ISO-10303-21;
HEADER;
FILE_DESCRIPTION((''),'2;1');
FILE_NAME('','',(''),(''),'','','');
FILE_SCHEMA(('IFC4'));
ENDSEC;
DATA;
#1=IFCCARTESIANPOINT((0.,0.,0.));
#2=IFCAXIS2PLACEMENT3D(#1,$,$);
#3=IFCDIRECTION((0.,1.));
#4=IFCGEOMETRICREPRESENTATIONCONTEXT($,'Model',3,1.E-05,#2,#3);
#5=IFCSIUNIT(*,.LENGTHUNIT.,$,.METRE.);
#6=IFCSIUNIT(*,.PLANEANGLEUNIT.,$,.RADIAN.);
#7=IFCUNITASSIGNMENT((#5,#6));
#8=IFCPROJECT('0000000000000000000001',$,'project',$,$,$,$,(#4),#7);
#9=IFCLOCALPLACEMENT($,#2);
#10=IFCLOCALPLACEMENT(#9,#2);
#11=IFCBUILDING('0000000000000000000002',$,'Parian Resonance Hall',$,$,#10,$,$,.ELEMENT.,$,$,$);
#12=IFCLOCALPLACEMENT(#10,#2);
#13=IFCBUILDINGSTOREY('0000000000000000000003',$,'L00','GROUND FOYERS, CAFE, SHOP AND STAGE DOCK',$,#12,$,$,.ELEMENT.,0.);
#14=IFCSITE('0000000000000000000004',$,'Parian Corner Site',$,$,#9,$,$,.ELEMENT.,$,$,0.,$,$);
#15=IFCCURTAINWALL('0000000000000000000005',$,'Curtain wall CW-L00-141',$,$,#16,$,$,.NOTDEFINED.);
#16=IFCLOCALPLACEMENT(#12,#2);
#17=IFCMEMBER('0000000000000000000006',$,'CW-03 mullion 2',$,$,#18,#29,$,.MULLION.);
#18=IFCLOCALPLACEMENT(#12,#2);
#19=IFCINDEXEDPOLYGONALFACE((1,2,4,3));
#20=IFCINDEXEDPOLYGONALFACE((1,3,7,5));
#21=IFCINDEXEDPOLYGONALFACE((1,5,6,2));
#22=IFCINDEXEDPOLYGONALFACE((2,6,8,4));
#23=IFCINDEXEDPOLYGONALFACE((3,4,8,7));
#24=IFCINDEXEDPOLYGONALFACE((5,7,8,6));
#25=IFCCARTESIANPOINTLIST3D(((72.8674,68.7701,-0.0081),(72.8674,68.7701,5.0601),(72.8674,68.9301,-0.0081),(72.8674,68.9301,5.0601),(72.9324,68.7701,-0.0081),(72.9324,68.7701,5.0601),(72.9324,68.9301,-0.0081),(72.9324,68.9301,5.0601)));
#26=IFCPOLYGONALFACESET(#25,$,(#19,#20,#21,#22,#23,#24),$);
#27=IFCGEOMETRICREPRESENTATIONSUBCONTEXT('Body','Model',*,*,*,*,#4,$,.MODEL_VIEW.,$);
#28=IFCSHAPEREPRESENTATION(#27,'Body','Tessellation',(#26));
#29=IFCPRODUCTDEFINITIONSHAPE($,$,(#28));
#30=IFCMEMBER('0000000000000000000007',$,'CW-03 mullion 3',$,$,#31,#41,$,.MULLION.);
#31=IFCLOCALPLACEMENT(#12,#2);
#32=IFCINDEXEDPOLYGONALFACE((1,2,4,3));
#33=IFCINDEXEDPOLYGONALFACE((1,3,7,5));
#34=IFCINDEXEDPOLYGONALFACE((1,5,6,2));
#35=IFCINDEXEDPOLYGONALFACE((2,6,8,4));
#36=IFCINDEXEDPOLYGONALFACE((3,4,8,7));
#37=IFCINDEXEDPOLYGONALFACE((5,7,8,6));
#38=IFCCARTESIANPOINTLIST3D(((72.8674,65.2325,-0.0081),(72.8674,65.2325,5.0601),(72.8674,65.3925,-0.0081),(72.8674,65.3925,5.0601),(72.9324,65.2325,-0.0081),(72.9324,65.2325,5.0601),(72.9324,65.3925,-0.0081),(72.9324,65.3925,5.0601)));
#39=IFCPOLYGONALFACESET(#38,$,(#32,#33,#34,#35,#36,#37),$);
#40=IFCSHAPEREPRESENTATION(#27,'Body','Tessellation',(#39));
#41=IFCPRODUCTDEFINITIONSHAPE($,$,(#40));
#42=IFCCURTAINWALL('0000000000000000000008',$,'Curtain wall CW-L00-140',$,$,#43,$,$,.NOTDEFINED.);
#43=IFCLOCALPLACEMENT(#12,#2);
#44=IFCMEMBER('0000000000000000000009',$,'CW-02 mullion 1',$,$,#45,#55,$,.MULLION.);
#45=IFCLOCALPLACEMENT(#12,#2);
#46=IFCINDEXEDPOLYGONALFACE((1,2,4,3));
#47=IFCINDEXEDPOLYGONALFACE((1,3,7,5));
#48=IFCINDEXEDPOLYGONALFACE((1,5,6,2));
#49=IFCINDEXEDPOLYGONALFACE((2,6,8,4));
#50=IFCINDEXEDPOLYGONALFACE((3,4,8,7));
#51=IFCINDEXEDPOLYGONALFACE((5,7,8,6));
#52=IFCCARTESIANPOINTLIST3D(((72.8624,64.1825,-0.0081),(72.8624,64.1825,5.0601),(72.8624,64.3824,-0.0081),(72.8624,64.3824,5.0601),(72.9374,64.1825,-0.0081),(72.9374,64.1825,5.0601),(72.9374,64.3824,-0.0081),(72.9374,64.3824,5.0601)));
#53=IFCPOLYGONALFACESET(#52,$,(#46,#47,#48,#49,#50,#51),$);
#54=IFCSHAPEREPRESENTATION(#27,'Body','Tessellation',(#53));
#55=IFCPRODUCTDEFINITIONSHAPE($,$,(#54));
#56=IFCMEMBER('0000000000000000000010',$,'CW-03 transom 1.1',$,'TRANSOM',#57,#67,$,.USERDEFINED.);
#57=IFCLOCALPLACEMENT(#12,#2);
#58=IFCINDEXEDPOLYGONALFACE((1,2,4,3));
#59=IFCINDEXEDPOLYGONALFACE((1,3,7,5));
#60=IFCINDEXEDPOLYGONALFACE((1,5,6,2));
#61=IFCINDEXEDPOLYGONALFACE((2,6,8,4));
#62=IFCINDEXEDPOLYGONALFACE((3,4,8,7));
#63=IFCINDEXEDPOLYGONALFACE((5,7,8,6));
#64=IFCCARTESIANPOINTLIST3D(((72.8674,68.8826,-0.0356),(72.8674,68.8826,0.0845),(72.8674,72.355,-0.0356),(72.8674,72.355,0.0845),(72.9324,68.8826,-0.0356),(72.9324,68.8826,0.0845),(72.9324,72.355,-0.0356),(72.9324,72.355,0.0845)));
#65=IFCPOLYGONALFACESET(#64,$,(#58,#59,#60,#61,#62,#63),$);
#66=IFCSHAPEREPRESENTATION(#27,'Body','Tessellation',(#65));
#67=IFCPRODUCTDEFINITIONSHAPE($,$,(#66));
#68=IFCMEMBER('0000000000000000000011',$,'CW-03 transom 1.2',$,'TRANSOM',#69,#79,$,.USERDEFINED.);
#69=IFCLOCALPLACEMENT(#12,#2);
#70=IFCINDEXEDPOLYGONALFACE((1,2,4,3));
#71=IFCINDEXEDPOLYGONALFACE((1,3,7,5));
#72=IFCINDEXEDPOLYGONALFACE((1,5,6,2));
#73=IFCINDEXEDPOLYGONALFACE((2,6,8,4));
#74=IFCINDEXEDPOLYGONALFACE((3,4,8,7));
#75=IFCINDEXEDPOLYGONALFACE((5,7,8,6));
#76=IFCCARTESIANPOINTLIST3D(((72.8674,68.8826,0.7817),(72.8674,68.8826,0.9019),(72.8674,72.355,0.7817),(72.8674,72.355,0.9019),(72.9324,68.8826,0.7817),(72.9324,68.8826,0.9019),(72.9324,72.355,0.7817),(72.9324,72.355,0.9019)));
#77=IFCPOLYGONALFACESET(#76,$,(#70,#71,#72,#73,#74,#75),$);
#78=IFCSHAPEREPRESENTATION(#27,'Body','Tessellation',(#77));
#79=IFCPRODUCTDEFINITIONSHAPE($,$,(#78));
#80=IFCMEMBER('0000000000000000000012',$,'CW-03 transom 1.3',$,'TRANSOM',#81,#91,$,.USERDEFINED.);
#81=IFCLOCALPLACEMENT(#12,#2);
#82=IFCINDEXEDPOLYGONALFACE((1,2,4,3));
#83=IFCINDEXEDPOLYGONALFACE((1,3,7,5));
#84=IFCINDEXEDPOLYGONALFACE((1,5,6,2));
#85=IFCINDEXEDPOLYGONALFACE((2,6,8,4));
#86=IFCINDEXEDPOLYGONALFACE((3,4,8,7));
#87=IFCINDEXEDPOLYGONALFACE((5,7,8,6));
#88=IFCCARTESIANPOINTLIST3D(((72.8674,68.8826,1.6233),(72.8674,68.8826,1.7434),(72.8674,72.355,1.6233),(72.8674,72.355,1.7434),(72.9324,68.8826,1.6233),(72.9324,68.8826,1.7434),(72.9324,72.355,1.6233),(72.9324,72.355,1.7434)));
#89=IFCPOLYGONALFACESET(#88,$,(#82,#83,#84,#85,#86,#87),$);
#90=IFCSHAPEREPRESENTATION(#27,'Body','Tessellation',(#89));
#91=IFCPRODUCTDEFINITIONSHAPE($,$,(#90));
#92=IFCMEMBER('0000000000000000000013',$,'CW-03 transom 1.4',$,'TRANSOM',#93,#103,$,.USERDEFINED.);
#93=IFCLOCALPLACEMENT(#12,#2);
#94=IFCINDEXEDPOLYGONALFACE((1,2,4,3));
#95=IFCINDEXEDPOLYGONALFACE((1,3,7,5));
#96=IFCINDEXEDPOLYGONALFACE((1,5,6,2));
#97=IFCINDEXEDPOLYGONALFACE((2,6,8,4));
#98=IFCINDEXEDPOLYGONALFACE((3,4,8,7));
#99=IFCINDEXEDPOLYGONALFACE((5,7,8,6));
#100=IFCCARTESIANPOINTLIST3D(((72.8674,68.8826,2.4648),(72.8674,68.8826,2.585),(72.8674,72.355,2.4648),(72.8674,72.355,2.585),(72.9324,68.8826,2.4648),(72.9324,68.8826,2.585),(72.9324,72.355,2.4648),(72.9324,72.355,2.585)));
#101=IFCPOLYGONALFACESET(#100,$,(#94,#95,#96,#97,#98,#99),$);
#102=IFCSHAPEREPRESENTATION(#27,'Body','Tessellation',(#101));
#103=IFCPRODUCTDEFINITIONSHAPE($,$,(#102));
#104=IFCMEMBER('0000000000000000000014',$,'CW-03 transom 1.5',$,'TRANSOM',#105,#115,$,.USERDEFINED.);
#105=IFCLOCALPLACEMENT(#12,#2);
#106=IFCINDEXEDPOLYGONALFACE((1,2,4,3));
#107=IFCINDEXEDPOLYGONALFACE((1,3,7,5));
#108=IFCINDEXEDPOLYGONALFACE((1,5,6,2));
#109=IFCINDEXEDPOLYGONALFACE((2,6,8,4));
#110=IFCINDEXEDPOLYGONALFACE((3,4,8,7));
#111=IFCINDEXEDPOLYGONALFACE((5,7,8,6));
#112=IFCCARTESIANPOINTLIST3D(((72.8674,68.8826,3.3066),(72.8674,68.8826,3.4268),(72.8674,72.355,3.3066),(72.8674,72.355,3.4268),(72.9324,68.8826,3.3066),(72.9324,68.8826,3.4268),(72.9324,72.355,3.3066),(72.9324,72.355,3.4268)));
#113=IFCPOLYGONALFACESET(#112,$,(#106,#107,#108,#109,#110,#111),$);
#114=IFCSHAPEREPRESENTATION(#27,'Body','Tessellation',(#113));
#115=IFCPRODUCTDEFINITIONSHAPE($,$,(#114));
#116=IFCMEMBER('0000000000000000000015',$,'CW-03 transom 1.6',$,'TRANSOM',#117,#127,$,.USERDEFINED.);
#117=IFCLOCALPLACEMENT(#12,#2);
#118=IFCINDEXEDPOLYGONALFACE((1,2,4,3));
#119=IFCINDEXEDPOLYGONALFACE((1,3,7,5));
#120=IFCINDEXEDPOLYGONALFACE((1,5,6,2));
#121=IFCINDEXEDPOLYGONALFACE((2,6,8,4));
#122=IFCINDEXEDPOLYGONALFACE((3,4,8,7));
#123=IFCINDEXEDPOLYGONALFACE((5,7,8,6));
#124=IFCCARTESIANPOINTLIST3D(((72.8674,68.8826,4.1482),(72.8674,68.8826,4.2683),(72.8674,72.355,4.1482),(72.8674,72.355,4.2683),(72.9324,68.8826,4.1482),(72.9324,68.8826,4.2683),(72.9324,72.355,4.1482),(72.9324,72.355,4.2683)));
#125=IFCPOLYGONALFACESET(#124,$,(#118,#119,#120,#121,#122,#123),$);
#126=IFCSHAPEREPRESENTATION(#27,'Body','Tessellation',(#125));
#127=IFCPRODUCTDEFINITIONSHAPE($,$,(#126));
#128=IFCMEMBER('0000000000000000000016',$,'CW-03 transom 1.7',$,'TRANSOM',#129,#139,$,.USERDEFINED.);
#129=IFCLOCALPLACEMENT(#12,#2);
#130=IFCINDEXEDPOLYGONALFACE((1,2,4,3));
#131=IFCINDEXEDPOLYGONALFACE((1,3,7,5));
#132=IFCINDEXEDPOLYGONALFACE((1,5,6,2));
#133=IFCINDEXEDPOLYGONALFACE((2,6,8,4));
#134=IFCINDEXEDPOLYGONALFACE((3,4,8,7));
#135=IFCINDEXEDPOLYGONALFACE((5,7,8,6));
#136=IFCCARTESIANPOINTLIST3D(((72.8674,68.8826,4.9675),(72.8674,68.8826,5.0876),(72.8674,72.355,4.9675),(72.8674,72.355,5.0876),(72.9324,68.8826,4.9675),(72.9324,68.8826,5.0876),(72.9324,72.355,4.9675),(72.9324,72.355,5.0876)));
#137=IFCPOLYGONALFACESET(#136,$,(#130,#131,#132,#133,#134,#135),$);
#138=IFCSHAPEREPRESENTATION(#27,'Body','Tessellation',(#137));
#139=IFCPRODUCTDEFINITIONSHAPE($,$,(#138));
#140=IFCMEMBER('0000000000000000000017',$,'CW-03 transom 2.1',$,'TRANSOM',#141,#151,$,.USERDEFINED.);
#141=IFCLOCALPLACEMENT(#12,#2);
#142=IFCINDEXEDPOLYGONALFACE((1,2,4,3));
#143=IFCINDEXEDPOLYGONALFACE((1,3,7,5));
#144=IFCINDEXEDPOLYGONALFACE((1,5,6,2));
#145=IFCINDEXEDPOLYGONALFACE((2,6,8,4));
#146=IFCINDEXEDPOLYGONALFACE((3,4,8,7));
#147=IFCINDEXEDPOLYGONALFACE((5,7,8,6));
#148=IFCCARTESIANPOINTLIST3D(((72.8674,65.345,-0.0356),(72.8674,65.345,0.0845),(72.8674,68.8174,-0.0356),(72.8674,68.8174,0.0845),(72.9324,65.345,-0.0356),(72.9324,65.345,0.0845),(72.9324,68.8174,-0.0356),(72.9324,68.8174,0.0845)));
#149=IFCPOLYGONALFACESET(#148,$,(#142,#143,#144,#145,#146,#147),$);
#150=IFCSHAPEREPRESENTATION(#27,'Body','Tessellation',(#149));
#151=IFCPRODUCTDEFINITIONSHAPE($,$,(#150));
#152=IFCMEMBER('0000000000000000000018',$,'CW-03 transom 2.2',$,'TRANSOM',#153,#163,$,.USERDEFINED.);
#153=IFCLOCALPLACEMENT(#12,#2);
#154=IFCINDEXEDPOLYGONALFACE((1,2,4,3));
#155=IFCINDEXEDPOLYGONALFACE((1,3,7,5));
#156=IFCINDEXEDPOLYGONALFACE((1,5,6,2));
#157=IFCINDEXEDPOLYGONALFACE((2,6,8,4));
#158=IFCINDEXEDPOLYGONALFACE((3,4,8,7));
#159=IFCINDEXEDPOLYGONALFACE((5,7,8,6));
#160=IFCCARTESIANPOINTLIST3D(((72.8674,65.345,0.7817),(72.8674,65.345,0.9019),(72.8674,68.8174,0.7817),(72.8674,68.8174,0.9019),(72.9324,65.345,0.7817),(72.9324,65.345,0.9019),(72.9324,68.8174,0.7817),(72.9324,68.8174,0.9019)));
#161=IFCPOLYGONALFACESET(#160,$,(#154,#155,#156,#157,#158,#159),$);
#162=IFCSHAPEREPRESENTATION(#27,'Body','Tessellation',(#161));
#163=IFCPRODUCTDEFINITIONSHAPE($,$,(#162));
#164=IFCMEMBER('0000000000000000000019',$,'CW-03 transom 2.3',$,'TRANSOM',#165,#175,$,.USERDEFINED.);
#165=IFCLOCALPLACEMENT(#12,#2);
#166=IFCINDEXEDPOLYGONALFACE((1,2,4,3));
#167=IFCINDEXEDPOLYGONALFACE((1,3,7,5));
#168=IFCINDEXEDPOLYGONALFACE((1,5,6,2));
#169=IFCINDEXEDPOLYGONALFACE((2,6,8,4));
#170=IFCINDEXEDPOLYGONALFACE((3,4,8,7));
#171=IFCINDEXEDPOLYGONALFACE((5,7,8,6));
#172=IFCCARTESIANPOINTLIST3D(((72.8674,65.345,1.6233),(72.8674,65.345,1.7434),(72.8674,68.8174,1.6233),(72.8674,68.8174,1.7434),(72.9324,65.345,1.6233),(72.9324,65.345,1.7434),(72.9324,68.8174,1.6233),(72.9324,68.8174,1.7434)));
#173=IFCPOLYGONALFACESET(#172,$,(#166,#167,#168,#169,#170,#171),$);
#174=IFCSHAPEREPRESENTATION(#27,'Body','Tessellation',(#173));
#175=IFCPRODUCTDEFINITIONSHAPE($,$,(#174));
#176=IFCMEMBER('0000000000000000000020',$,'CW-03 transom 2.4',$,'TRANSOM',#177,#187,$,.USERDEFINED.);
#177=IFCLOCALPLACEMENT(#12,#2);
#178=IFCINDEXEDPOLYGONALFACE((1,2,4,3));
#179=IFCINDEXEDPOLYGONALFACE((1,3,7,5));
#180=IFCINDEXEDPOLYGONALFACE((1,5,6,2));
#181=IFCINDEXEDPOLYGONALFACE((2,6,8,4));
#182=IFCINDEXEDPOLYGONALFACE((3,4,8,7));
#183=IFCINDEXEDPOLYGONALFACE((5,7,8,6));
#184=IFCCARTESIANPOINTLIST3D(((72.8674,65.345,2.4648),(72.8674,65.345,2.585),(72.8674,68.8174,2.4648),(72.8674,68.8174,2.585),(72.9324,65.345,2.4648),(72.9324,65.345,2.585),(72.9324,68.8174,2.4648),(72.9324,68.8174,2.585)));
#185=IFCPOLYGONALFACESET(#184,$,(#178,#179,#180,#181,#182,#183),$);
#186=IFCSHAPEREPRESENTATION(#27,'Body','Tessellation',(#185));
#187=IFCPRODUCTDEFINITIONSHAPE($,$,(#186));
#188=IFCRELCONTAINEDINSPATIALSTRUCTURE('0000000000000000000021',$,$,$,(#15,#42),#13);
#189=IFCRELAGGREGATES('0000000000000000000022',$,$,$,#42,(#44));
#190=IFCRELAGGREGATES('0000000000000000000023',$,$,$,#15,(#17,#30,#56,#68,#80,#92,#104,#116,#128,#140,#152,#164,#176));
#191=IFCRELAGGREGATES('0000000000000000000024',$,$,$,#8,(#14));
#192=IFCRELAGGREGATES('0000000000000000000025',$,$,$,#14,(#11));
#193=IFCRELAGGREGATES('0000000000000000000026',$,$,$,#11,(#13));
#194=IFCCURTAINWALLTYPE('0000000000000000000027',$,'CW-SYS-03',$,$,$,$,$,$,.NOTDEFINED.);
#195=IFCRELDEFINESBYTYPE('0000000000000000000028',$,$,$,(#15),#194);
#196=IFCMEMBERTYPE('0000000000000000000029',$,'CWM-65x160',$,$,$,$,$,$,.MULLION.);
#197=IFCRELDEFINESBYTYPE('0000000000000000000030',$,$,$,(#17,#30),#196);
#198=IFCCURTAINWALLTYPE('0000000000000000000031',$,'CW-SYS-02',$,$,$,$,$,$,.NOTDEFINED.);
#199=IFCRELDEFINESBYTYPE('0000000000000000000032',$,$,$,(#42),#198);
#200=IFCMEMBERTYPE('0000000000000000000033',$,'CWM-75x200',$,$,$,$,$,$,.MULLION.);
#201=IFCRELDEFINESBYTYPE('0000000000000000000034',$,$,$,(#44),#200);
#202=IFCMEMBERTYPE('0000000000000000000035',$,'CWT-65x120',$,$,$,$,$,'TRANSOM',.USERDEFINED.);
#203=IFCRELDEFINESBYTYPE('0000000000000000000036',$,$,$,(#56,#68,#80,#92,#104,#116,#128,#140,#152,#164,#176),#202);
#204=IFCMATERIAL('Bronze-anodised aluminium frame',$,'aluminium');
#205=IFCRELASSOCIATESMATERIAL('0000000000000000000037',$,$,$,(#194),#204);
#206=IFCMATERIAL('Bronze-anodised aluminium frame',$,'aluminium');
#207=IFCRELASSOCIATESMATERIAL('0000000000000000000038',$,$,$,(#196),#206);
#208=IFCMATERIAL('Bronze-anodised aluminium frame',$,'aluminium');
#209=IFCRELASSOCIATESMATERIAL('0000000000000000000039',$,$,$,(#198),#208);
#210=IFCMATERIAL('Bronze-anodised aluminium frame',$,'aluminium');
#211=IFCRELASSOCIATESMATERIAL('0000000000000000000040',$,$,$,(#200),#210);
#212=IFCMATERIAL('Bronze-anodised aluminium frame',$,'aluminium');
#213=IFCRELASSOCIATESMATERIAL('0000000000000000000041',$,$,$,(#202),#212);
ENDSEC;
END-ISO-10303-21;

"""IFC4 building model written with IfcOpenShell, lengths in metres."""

from ifc_helpers import new_model, si_unit, direction, frame, origin, origin_2d, place, context, subcontext, project, spatial, rectangle, extrude, material, material_profile, profile_set, type_object, element, aggregate, save


model = new_model("IFC4")

# Units and contexts
model_context = context("Model", 3, precision=1e-05, world=origin(), true_north=direction((0.0, 1.0)))
body_context = subcontext(model_context, "Body", "Model", "MODEL_VIEW")
ifc_project = project(units=[si_unit("LENGTHUNIT", "METRE"), si_unit("PLANEANGLEUNIT", "RADIAN")], contexts=[model_context])

# Site, building, storey
site_placement = place(None, origin())
site = spatial("IfcSite", under=ifc_project, at=site_placement, Name="Parian Corner Site", CompositionType="ELEMENT", RefElevation=0.0)
building_placement = place(site_placement, origin())
building = spatial("IfcBuilding", under=site, at=building_placement, Name="Parian Resonance Hall", CompositionType="ELEMENT")
storey_placement = place(building_placement, origin())
storey = spatial("IfcBuildingStorey", under=building, at=storey_placement, Name="L00", Description="GROUND FOYERS, CAFE, SHOP AND STAGE DOCK", CompositionType="ELEMENT", Elevation=0.0)

# Curtain wall, members
ifc_material_1 = material(Name="Bronze-anodised aluminium frame", Category="aluminium")
curtain_wall_type_1 = type_object("IfcCurtainWallType", Name="CW-SYS-03", PredefinedType="NOTDEFINED", material=ifc_material_1)
curtain_wall_1_placement = place(storey_placement, origin())
curtain_wall_1 = element("IfcCurtainWall", 1, at=curtain_wall_1_placement, inside=storey, type_object=curtain_wall_type_1, Name="Curtain wall CW-L00-141", PredefinedType="NOTDEFINED")
ifc_material_2 = material(Name="Bronze-anodised aluminium frame", Category="aluminium")
ifc_material_profile_1 = material_profile(ifc_material_2, rectangle(XDim=0.0649, YDim=0.1599, at=origin_2d()), Name="CWM-65x160")
ifc_profile_set_1 = profile_set([ifc_material_profile_1], Name="Bronze-anodised aluminium frame")
member_type_1 = type_object("IfcMemberType", Name="CWM-65x160", PredefinedType="MULLION", material=ifc_profile_set_1)
member_1_placement = place(storey_placement, frame((72.8999, 68.8501, -0.0081), z_axis=(0.0, 0.0, 1.0), x_axis=(1.0, 0.0, 0.0)))
member_1 = element("IfcMember", 2, at=member_1_placement, type_object=member_type_1, Name="CW-03 mullion 2", PredefinedType="MULLION", context=body_context, shape_type="SweptSolid", body=[
    extrude(rectangle(XDim=0.0649, YDim=0.1599, at=origin_2d()), origin(), (0.0, 0.0, 1.0), 5.0681),
])
member_2_placement = place(storey_placement, frame((72.8999, 65.3125, -0.0081), z_axis=(0.0, 0.0, 1.0), x_axis=(1.0, 0.0, 0.0)))
member_2 = element("IfcMember", 3, at=member_2_placement, type_object=member_type_1, Name="CW-03 mullion 3", PredefinedType="MULLION", context=body_context, shape_type="SweptSolid", body=[
    extrude(rectangle(XDim=0.0649, YDim=0.1599, at=origin_2d()), origin(), (0.0, 0.0, 1.0), 5.0681),
])

# Curtain wall, member
ifc_material_3 = material(Name="Bronze-anodised aluminium frame", Category="aluminium")
curtain_wall_type_2 = type_object("IfcCurtainWallType", Name="CW-SYS-02", PredefinedType="NOTDEFINED", material=ifc_material_3)
curtain_wall_2_placement = place(storey_placement, origin())
curtain_wall_2 = element("IfcCurtainWall", 4, at=curtain_wall_2_placement, inside=storey, type_object=curtain_wall_type_2, Name="Curtain wall CW-L00-140", PredefinedType="NOTDEFINED")
ifc_material_4 = material(Name="Bronze-anodised aluminium frame", Category="aluminium")
ifc_material_profile_2 = material_profile(ifc_material_4, rectangle(XDim=0.075, YDim=0.2, at=origin_2d()), Name="CWM-75x200")
ifc_profile_set_2 = profile_set([ifc_material_profile_2], Name="Bronze-anodised aluminium frame")
member_type_2 = type_object("IfcMemberType", Name="CWM-75x200", PredefinedType="MULLION", material=ifc_profile_set_2)
member_3_placement = place(storey_placement, frame((72.8999, 64.2825, -0.0081), z_axis=(0.0, 0.0, 1.0), x_axis=(1.0, 0.0, 0.0)))
member_3 = element("IfcMember", 5, at=member_3_placement, type_object=member_type_2, Name="CW-02 mullion 1", PredefinedType="MULLION", context=body_context, shape_type="SweptSolid", body=[
    extrude(rectangle(XDim=0.075, YDim=0.2, at=origin_2d()), origin(), (0.0, 0.0, 1.0), 5.0681),
])
aggregate(curtain_wall_2, [member_3])

# Members
ifc_material_5 = material(Name="Bronze-anodised aluminium frame", Category="aluminium")
ifc_material_profile_3 = material_profile(ifc_material_5, rectangle(XDim=0.0649, YDim=0.1201, at=origin_2d()), Name="CWT-65x120")
ifc_profile_set_3 = profile_set([ifc_material_profile_3], Name="Bronze-anodised aluminium frame")
member_type_3 = type_object("IfcMemberType", Name="CWT-65x120", ElementType="TRANSOM", PredefinedType="USERDEFINED", material=ifc_profile_set_3)
member_4_placement = place(storey_placement, frame((72.8999, 72.355, 0.0244), z_axis=(0.0, -1.0, 0.0), x_axis=(1.0, 0.0, 0.0)))
member_4 = element("IfcMember", 6, at=member_4_placement, type_object=member_type_3, Name="CW-03 transom 1.1", ObjectType="TRANSOM", PredefinedType="USERDEFINED", context=body_context, shape_type="SweptSolid", body=[
    extrude(rectangle(XDim=0.0649, YDim=0.1201, at=origin_2d()), origin(), (0.0, 0.0, 1.0), 3.4724),
])
member_5_placement = place(storey_placement, frame((72.8999, 72.355, 0.8418), z_axis=(0.0, -1.0, 0.0), x_axis=(1.0, 0.0, 0.0)))
member_5 = element("IfcMember", 7, at=member_5_placement, type_object=member_type_3, Name="CW-03 transom 1.2", ObjectType="TRANSOM", PredefinedType="USERDEFINED", context=body_context, shape_type="SweptSolid", body=[
    extrude(rectangle(XDim=0.0649, YDim=0.1201, at=origin_2d()), origin(), (0.0, 0.0, 1.0), 3.4724),
])
member_6_placement = place(storey_placement, frame((72.8999, 72.355, 1.6833), z_axis=(0.0, -1.0, 0.0), x_axis=(1.0, 0.0, 0.0)))
member_6 = element("IfcMember", 8, at=member_6_placement, type_object=member_type_3, Name="CW-03 transom 1.3", ObjectType="TRANSOM", PredefinedType="USERDEFINED", context=body_context, shape_type="SweptSolid", body=[
    extrude(rectangle(XDim=0.0649, YDim=0.1201, at=origin_2d()), origin(), (0.0, 0.0, 1.0), 3.4724),
])
member_7_placement = place(storey_placement, frame((72.8999, 72.355, 2.5249), z_axis=(0.0, -1.0, 0.0), x_axis=(1.0, 0.0, 0.0)))
member_7 = element("IfcMember", 9, at=member_7_placement, type_object=member_type_3, Name="CW-03 transom 1.4", ObjectType="TRANSOM", PredefinedType="USERDEFINED", context=body_context, shape_type="SweptSolid", body=[
    extrude(rectangle(XDim=0.0649, YDim=0.1201, at=origin_2d()), origin(), (0.0, 0.0, 1.0), 3.4724),
])
member_8_placement = place(storey_placement, frame((72.8999, 72.355, 3.3667), z_axis=(0.0, -1.0, 0.0), x_axis=(1.0, 0.0, 0.0)))
member_8 = element("IfcMember", 10, at=member_8_placement, type_object=member_type_3, Name="CW-03 transom 1.5", ObjectType="TRANSOM", PredefinedType="USERDEFINED", context=body_context, shape_type="SweptSolid", body=[
    extrude(rectangle(XDim=0.0649, YDim=0.1201, at=origin_2d()), origin(), (0.0, 0.0, 1.0), 3.4724),
])
member_9_placement = place(storey_placement, frame((72.8999, 72.355, 4.2083), z_axis=(0.0, -1.0, 0.0), x_axis=(1.0, 0.0, 0.0)))
member_9 = element("IfcMember", 11, at=member_9_placement, type_object=member_type_3, Name="CW-03 transom 1.6", ObjectType="TRANSOM", PredefinedType="USERDEFINED", context=body_context, shape_type="SweptSolid", body=[
    extrude(rectangle(XDim=0.0649, YDim=0.1201, at=origin_2d()), origin(), (0.0, 0.0, 1.0), 3.4724),
])
member_10_placement = place(storey_placement, frame((72.8999, 72.355, 5.0276), z_axis=(0.0, -1.0, 0.0), x_axis=(1.0, 0.0, 0.0)))
member_10 = element("IfcMember", 12, at=member_10_placement, type_object=member_type_3, Name="CW-03 transom 1.7", ObjectType="TRANSOM", PredefinedType="USERDEFINED", context=body_context, shape_type="SweptSolid", body=[
    extrude(rectangle(XDim=0.0649, YDim=0.1201, at=origin_2d()), origin(), (0.0, 0.0, 1.0), 3.4724),
])
member_11_placement = place(storey_placement, frame((72.8999, 68.8174, 0.0244), z_axis=(0.0, -1.0, 0.0), x_axis=(1.0, 0.0, 0.0)))
member_11 = element("IfcMember", 13, at=member_11_placement, type_object=member_type_3, Name="CW-03 transom 2.1", ObjectType="TRANSOM", PredefinedType="USERDEFINED", context=body_context, shape_type="SweptSolid", body=[
    extrude(rectangle(XDim=0.0649, YDim=0.1201, at=origin_2d()), origin(), (0.0, 0.0, 1.0), 3.4724),
])
member_12_placement = place(storey_placement, frame((72.8999, 68.8174, 0.8418), z_axis=(0.0, -1.0, 0.0), x_axis=(1.0, 0.0, 0.0)))
member_12 = element("IfcMember", 14, at=member_12_placement, type_object=member_type_3, Name="CW-03 transom 2.2", ObjectType="TRANSOM", PredefinedType="USERDEFINED", context=body_context, shape_type="SweptSolid", body=[
    extrude(rectangle(XDim=0.0649, YDim=0.1201, at=origin_2d()), origin(), (0.0, 0.0, 1.0), 3.4724),
])
member_13_placement = place(storey_placement, frame((72.8999, 68.8174, 1.6833), z_axis=(0.0, -1.0, 0.0), x_axis=(1.0, 0.0, 0.0)))
member_13 = element("IfcMember", 15, at=member_13_placement, type_object=member_type_3, Name="CW-03 transom 2.3", ObjectType="TRANSOM", PredefinedType="USERDEFINED", context=body_context, shape_type="SweptSolid", body=[
    extrude(rectangle(XDim=0.0649, YDim=0.1201, at=origin_2d()), origin(), (0.0, 0.0, 1.0), 3.4724),
])
member_14_placement = place(storey_placement, frame((72.8999, 68.8174, 2.5249), z_axis=(0.0, -1.0, 0.0), x_axis=(1.0, 0.0, 0.0)))
member_14 = element("IfcMember", 16, at=member_14_placement, type_object=member_type_3, Name="CW-03 transom 2.4", ObjectType="TRANSOM", PredefinedType="USERDEFINED", context=body_context, shape_type="SweptSolid", body=[
    extrude(rectangle(XDim=0.0649, YDim=0.1201, at=origin_2d()), origin(), (0.0, 0.0, 1.0), 3.4724),
])

aggregate(curtain_wall_1, [member_1, member_2, member_4, member_5, member_6, member_7, member_8, member_9, member_10, member_11, member_12, member_13, member_14])

save(model, "model.ifc")
